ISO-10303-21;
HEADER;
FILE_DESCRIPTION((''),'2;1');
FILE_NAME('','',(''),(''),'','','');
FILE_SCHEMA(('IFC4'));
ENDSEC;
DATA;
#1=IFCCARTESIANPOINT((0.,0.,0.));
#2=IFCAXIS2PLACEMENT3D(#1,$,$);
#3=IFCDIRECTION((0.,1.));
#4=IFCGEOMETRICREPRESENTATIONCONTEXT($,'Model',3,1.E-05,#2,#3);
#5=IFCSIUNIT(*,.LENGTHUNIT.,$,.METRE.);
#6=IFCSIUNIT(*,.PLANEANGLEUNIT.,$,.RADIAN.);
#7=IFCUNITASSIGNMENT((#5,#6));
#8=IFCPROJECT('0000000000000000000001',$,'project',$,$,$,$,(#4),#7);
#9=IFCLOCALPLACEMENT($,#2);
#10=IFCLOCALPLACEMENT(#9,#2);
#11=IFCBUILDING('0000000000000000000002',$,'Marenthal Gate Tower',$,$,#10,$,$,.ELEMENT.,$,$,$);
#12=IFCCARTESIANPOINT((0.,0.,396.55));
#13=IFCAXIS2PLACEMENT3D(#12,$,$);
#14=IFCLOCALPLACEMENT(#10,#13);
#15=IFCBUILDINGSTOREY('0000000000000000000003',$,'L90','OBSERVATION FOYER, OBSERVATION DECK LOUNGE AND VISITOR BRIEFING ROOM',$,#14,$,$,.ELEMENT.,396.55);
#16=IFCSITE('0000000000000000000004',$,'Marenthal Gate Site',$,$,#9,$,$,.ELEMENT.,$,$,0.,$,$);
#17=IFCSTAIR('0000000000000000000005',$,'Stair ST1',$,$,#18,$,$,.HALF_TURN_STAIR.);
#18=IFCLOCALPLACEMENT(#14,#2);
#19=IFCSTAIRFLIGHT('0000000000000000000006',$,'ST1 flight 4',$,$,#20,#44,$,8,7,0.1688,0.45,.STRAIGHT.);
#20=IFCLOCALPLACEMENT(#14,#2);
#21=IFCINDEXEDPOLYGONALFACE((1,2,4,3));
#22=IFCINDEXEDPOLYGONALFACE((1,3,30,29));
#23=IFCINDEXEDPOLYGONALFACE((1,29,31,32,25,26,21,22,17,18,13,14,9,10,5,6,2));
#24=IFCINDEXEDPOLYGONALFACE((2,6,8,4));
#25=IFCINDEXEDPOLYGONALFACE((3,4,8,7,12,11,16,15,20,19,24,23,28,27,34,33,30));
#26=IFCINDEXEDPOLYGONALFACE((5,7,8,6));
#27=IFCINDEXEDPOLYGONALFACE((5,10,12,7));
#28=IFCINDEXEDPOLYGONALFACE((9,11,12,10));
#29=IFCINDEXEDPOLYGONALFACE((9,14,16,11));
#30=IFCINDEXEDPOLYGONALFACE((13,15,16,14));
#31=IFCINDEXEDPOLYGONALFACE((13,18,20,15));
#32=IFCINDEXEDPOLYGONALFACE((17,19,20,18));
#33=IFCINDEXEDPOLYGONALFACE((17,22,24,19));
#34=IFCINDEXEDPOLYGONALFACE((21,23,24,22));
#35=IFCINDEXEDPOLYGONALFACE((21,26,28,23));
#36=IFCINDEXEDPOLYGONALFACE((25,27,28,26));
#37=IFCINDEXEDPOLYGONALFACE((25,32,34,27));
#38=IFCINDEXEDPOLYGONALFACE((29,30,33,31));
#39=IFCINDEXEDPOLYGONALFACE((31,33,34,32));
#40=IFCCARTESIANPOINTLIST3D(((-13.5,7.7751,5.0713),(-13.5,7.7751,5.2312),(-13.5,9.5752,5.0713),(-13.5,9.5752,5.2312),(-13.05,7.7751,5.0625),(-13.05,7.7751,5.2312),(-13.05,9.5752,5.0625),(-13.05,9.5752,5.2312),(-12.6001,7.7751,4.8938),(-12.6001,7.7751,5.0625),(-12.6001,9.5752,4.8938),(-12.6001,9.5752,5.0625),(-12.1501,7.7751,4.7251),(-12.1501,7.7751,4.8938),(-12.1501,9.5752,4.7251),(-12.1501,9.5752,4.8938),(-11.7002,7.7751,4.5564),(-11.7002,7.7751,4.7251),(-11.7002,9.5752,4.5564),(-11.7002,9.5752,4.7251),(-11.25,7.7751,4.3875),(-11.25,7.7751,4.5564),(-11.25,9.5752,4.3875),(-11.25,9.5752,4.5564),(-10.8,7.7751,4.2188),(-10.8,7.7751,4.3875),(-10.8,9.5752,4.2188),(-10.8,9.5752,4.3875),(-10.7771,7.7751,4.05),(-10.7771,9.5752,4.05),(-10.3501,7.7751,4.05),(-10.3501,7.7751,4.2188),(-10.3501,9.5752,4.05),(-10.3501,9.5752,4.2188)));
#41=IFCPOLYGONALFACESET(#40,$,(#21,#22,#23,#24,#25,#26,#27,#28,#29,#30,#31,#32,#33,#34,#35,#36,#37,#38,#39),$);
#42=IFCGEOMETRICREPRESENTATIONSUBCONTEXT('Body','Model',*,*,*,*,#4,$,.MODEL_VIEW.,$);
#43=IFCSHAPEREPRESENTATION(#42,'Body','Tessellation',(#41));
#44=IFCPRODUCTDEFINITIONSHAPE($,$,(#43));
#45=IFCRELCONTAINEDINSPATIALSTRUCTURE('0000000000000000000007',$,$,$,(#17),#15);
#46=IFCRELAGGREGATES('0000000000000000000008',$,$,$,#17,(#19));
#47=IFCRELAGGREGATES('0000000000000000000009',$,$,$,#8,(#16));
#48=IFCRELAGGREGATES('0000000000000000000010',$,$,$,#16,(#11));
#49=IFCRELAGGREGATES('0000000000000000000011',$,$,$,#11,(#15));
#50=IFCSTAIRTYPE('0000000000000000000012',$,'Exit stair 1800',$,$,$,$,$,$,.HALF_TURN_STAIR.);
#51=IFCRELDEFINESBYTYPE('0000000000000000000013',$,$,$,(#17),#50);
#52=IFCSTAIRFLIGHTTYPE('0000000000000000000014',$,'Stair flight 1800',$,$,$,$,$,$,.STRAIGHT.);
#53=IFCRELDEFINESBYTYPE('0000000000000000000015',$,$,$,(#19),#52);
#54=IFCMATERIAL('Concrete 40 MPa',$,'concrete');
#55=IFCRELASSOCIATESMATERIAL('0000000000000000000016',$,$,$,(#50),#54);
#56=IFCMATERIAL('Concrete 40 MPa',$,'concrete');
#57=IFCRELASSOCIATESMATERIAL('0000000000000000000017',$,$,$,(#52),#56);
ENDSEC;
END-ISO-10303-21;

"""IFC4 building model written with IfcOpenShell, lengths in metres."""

from ifc_helpers import new_model, si_unit, direction, frame, origin, place, context, subcontext, project, spatial, polyline, outline, extrude, material, type_object, element, aggregate, save


model = new_model("IFC4")

# Units and contexts
model_context = context("Model", 3, precision=1e-05, world=origin(), true_north=direction((0.0, 1.0)))
body_context = subcontext(model_context, "Body", "Model", "MODEL_VIEW")
ifc_project = project(units=[si_unit("LENGTHUNIT", "METRE"), si_unit("PLANEANGLEUNIT", "RADIAN")], contexts=[model_context])

# Site, building, storey
site_placement = place(None, origin())
site = spatial("IfcSite", under=ifc_project, at=site_placement, Name="Marenthal Gate Site", CompositionType="ELEMENT", RefElevation=0.0)
building_placement = place(site_placement, origin())
building = spatial("IfcBuilding", under=site, at=building_placement, Name="Marenthal Gate Tower", CompositionType="ELEMENT")
storey_placement = place(building_placement, frame((0.0, 0.0, 396.55)))
storey = spatial("IfcBuildingStorey", under=building, at=storey_placement, Name="L90", Description="OBSERVATION FOYER, OBSERVATION DECK LOUNGE AND VISITOR BRIEFING ROOM", CompositionType="ELEMENT", Elevation=396.55)

# Stair, stair flight
ifc_material_1 = material(Name="Concrete 40 MPa", Category="concrete")
stair_type = type_object("IfcStairType", Name="Exit stair 1800", PredefinedType="HALF_TURN_STAIR", material=ifc_material_1)
stair_placement = place(storey_placement, origin())
stair = element("IfcStair", 1, at=stair_placement, inside=storey, type_object=stair_type, Name="Stair ST1", PredefinedType="HALF_TURN_STAIR")
ifc_material_2 = material(Name="Concrete 40 MPa", Category="concrete")
stair_flight_type = type_object("IfcStairFlightType", Name="Stair flight 1800", PredefinedType="STRAIGHT", material=ifc_material_2)
stair_flight_1_placement = place(storey_placement, frame((-10.3501, 8.675, 4.05), z_axis=(0.0, 0.0, 1.0), x_axis=(-1.0, 0.0, 0.0)))
stair_flight_1 = element("IfcStairFlight", 2, at=stair_flight_1_placement, type_object=stair_flight_type, Name="ST1 flight 4", NumberOfRisers=8, NumberOfTreads=7, PredefinedType="STRAIGHT", RiserHeight=0.1688, TreadLength=0.45, context=body_context, shape_type="SweptSolid", body=[
    extrude(outline(polyline([(0.0, 0.0), (0.0, 0.1687), (0.45, 0.1687), (0.45, 0.3374), (0.8999, 0.3374), (0.8999, 0.5063), (1.3501, 0.5063), (1.3501, 0.675), (1.8, 0.675), (1.8, 0.8438), (2.25, 0.8438), (2.25, 1.0125), (2.7, 1.0125), (2.7, 1.1812), (3.1499, 1.1812), (3.1499, 1.3501), (3.1499, 1.0212), (0.427, 0.0), (0.0, 0.0)])), frame((0.0, 0.8999, 0.0), z_axis=(0.0, -1.0, 0.0), x_axis=(1.0, 0.0, 0.0)), (0.0, 0.0, 1.0), 1.8),
])
aggregate(stair, [stair_flight_1])

save(model, "model.ifc")
